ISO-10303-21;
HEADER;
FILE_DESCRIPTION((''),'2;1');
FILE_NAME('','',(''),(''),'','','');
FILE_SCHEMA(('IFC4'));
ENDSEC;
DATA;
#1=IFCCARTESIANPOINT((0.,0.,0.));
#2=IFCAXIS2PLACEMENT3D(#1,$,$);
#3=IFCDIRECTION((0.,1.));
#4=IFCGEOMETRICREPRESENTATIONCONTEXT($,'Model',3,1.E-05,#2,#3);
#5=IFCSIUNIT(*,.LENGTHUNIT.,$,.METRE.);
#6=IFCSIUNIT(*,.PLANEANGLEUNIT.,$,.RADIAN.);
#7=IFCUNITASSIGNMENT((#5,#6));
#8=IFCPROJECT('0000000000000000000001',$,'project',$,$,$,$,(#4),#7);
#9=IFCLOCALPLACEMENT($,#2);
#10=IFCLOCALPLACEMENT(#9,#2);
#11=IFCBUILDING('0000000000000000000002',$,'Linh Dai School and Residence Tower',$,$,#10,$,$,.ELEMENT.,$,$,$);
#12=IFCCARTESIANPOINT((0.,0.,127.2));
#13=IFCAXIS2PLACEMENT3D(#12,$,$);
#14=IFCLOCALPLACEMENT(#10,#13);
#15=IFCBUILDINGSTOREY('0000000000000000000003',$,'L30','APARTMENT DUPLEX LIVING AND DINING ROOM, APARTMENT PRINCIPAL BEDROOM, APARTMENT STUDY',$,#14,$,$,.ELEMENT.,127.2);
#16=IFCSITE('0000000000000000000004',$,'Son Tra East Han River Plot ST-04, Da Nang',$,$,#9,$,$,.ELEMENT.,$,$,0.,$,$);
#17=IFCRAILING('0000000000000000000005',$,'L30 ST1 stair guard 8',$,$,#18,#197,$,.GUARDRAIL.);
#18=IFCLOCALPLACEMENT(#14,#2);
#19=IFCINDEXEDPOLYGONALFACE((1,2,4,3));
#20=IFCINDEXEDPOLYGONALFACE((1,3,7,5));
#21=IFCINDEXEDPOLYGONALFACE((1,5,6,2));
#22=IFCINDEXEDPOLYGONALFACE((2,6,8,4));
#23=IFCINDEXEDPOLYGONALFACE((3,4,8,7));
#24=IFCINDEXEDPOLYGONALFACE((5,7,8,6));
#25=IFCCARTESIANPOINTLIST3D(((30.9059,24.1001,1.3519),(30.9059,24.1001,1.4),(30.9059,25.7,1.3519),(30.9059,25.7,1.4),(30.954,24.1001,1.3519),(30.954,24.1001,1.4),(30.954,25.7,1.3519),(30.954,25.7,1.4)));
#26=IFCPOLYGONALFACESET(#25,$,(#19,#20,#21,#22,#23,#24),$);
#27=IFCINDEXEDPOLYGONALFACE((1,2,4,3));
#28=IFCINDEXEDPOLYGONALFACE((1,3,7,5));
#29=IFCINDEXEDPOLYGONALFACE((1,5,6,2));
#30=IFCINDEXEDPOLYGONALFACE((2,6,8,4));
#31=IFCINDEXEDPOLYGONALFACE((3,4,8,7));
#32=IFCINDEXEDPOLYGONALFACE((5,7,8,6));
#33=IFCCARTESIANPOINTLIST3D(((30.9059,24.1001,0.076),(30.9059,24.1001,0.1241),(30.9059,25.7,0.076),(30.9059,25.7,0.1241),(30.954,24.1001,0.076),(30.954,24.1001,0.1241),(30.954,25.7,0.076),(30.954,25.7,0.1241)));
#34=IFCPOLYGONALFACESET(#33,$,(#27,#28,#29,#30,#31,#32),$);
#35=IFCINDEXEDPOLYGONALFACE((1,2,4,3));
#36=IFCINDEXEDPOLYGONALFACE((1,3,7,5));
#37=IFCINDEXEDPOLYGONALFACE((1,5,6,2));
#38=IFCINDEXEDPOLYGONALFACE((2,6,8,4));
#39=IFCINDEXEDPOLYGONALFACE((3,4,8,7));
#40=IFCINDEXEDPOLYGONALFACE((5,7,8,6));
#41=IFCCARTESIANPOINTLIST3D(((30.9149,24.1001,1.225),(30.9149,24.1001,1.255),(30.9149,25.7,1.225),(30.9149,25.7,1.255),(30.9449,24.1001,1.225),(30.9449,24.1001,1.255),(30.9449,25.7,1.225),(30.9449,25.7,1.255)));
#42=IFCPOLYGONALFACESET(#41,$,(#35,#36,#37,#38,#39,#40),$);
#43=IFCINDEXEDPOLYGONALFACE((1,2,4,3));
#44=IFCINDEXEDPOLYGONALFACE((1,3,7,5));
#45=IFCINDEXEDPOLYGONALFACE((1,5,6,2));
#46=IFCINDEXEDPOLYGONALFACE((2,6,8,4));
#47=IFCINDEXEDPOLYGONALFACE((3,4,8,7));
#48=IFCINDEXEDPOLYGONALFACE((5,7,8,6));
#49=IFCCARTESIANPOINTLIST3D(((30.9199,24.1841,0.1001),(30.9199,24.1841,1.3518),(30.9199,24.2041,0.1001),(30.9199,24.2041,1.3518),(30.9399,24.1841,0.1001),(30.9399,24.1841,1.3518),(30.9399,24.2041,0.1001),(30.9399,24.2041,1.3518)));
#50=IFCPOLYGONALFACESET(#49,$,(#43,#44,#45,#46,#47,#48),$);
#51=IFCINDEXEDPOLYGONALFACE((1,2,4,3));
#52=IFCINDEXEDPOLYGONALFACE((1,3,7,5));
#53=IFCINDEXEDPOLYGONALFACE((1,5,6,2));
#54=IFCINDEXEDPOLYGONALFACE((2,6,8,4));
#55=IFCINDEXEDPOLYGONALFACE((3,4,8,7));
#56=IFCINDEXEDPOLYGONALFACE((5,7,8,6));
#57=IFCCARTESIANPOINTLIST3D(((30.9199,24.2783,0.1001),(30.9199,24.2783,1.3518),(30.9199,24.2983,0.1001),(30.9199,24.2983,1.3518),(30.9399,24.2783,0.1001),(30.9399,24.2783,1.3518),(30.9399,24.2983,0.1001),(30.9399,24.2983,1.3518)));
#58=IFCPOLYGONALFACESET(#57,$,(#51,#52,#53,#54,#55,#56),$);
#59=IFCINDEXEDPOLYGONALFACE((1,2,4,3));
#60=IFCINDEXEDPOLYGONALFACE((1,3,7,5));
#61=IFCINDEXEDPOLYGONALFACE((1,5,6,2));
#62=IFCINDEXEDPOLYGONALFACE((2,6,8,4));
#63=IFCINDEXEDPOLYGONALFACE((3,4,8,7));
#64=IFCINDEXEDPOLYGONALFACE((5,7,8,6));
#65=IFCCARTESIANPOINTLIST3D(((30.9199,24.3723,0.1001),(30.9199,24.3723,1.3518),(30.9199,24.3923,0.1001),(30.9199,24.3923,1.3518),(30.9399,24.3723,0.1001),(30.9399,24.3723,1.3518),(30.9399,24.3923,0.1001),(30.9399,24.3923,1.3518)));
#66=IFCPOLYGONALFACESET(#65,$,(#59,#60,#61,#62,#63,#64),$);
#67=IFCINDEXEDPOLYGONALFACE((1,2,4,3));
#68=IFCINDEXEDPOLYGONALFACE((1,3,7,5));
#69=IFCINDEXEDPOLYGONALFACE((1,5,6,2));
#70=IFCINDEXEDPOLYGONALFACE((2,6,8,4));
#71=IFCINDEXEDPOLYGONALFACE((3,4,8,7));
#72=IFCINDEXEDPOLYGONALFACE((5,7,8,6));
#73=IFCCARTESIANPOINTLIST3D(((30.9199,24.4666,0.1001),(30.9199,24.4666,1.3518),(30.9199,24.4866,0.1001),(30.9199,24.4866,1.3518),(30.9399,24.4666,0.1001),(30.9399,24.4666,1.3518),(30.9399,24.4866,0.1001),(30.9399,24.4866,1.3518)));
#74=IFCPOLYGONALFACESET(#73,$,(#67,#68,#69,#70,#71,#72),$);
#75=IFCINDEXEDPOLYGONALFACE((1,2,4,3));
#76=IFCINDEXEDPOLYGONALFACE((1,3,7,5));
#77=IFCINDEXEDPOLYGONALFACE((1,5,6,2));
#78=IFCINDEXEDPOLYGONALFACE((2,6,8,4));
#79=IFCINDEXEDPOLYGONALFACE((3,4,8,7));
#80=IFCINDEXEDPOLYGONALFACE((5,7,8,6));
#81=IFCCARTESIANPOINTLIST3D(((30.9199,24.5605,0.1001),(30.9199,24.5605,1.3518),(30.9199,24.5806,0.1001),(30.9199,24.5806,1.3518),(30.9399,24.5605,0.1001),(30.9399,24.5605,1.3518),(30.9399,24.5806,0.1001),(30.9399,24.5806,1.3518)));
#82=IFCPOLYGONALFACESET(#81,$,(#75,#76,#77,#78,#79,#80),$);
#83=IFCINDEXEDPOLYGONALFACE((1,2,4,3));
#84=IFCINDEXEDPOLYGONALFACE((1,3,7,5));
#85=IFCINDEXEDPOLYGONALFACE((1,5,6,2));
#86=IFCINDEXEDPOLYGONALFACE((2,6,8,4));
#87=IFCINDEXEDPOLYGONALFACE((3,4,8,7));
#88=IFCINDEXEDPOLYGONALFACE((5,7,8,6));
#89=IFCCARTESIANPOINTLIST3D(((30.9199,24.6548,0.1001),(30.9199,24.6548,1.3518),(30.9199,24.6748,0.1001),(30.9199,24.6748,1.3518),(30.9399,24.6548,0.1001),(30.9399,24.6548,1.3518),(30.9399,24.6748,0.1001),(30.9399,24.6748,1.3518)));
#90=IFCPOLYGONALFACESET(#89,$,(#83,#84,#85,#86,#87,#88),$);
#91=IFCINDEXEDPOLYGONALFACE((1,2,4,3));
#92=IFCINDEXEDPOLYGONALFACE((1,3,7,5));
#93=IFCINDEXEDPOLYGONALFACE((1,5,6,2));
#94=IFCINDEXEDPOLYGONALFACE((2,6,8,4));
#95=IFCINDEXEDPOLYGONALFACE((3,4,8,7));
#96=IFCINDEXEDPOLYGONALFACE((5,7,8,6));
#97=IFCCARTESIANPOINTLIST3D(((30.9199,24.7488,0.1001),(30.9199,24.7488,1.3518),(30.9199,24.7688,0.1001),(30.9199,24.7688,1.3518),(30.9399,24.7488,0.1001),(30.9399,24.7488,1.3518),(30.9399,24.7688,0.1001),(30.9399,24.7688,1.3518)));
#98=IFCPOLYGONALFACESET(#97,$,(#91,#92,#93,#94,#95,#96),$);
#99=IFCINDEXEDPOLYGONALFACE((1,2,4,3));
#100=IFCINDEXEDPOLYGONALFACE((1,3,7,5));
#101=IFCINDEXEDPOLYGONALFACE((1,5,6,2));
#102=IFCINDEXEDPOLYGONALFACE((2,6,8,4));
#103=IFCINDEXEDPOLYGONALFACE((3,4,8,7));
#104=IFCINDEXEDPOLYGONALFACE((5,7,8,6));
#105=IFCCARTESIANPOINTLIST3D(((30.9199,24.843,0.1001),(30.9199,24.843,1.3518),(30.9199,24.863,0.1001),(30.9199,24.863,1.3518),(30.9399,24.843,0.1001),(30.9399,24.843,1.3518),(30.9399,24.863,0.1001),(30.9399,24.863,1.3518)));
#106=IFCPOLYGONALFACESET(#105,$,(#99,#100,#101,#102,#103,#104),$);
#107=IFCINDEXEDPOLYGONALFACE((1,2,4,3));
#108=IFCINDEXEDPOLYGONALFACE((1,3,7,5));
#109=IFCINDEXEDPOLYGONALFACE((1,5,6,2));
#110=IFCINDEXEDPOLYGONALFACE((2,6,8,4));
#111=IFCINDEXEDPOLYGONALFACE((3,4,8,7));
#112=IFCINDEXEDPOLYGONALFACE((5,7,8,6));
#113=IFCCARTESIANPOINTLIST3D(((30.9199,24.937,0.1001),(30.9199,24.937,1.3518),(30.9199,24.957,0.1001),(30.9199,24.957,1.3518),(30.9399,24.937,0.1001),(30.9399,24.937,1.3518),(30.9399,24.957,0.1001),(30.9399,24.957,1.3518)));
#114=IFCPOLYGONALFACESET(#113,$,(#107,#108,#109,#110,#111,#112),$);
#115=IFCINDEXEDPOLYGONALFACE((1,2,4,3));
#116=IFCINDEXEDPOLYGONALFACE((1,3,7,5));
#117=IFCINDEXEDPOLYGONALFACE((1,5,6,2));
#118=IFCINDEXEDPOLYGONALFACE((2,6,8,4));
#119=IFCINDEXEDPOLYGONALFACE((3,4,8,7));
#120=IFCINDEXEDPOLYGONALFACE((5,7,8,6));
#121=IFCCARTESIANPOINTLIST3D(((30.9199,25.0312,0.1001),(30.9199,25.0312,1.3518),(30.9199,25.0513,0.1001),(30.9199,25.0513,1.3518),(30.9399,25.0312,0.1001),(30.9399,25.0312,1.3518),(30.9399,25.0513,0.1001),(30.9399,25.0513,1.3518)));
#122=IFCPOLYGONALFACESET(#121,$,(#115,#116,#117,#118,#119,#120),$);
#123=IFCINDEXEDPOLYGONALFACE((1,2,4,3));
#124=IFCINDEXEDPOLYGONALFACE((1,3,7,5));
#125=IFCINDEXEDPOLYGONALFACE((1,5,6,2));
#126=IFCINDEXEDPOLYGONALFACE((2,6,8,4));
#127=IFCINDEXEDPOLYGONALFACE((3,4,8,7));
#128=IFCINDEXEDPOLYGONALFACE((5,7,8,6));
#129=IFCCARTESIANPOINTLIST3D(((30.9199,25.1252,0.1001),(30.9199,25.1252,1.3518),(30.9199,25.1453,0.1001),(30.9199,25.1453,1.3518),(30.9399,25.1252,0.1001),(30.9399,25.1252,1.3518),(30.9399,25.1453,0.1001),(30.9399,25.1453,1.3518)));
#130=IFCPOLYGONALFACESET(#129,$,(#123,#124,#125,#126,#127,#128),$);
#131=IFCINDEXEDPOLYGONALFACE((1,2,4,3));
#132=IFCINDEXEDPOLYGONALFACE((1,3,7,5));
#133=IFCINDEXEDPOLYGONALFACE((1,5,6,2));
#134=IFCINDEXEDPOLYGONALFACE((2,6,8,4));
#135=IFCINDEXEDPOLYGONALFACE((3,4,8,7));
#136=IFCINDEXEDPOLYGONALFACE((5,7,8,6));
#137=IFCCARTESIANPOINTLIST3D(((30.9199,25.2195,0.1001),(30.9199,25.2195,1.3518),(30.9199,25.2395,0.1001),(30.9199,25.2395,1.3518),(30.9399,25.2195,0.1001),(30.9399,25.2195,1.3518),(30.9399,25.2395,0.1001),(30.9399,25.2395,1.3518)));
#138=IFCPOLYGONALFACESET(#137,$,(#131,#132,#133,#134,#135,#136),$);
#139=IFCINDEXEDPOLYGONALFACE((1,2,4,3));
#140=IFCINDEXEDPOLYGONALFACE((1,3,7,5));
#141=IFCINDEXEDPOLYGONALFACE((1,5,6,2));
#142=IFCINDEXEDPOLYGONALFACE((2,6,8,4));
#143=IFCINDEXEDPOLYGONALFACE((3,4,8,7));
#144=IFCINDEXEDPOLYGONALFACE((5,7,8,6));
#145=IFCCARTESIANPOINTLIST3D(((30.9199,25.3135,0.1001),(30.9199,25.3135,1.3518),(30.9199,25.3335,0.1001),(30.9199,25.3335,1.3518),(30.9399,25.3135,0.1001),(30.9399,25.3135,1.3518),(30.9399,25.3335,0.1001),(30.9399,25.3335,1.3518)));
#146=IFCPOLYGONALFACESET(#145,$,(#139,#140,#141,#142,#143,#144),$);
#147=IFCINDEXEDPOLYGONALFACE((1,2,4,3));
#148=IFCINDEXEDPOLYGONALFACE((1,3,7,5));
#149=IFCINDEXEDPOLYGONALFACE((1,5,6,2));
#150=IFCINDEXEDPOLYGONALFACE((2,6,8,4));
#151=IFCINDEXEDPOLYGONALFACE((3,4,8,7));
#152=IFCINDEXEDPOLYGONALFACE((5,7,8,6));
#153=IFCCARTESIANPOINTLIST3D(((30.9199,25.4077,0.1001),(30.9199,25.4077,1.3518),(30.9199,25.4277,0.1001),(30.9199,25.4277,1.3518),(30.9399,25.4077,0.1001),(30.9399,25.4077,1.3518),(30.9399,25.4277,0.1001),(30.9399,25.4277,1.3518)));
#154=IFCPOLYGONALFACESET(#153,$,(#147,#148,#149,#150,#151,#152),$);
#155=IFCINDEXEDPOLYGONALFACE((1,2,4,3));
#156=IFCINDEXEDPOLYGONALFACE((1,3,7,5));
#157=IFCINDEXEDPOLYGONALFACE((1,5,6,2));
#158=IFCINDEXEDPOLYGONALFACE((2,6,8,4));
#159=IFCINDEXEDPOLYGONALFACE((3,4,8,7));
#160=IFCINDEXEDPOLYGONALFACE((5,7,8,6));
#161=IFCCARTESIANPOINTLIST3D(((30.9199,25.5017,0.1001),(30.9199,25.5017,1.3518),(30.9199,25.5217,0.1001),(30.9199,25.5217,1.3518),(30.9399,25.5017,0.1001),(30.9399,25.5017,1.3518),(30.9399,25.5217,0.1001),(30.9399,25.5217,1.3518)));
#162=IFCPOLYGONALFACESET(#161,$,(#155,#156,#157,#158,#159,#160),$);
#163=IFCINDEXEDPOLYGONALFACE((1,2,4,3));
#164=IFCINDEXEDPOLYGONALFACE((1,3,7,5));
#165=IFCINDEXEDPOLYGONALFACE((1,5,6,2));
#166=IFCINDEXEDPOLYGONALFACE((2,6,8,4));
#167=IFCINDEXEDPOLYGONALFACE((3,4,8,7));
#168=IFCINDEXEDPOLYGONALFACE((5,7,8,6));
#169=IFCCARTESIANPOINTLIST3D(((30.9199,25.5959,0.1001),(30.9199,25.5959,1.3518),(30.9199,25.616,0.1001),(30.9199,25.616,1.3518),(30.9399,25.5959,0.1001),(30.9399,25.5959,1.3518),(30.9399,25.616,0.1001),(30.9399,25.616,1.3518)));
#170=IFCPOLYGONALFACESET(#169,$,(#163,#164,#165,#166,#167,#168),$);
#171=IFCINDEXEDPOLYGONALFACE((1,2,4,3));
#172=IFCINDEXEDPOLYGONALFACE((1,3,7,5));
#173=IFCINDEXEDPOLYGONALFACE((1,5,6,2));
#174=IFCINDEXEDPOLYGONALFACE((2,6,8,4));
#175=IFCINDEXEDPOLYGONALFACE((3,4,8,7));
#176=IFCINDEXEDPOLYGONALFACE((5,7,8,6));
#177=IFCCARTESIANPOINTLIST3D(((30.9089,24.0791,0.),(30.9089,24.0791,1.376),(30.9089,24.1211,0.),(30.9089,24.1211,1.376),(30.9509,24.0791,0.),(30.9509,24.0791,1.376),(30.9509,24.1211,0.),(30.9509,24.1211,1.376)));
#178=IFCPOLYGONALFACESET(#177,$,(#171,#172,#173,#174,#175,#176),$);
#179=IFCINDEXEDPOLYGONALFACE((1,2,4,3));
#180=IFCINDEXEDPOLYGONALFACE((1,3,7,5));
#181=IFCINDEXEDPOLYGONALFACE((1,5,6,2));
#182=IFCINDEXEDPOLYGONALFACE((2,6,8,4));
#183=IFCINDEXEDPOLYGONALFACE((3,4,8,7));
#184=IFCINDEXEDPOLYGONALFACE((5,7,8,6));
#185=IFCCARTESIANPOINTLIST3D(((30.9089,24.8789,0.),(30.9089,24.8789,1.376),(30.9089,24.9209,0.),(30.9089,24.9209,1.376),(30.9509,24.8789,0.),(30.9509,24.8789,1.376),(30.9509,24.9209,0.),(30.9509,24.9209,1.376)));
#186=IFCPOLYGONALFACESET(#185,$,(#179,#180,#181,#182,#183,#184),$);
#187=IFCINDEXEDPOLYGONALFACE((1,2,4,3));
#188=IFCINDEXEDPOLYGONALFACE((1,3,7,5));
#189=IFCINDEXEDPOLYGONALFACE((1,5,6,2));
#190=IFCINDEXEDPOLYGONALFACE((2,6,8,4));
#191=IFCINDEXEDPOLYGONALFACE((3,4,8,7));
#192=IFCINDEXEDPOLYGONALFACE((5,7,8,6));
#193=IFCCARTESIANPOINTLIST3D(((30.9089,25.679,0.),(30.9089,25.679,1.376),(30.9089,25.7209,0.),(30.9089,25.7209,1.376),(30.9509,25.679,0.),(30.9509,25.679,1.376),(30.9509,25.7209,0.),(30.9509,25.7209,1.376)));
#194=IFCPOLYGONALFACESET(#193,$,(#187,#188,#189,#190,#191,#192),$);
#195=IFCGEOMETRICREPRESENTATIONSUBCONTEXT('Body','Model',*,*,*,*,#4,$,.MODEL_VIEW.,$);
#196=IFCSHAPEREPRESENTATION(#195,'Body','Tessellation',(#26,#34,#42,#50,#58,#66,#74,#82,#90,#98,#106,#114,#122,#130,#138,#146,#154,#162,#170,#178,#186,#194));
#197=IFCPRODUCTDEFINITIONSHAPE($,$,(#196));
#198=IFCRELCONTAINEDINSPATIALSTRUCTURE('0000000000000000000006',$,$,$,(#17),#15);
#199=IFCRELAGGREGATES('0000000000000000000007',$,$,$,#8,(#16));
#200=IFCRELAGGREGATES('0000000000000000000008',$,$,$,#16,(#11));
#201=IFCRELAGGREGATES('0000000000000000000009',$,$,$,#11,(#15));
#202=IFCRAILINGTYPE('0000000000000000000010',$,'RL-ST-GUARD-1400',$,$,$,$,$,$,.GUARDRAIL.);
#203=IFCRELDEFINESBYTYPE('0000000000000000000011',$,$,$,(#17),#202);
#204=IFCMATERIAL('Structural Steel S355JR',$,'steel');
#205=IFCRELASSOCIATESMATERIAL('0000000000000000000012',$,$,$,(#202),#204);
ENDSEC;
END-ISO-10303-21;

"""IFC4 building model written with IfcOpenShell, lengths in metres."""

from ifc_helpers import new_model, si_unit, direction, frame, origin, origin_2d, place, context, subcontext, project, spatial, rectangle, extrude, source, transform, mapped, material, type_object, element, save


model = new_model("IFC4")

# Units and contexts
model_context = context("Model", 3, precision=1e-05, world=origin(), true_north=direction((0.0, 1.0)))
body_context = subcontext(model_context, "Body", "Model", "MODEL_VIEW")
ifc_project = project(units=[si_unit("LENGTHUNIT", "METRE"), si_unit("PLANEANGLEUNIT", "RADIAN")], contexts=[model_context])

# Site, building, storey
site_placement = place(None, origin())
site = spatial("IfcSite", under=ifc_project, at=site_placement, Name="Son Tra East Han River Plot ST-04, Da Nang", CompositionType="ELEMENT", RefElevation=0.0)
building_placement = place(site_placement, origin())
building = spatial("IfcBuilding", under=site, at=building_placement, Name="Linh Dai School and Residence Tower", CompositionType="ELEMENT")
storey_placement = place(building_placement, frame((0.0, 0.0, 127.2)))
storey = spatial("IfcBuildingStorey", under=building, at=storey_placement, Name="L30", Description="APARTMENT DUPLEX LIVING AND DINING ROOM, APARTMENT PRINCIPAL BEDROOM, APARTMENT STUDY", CompositionType="ELEMENT", Elevation=127.2)

# Shared definitions
ifc_material_1 = material(Name="Structural Steel S355JR", Category="steel")

# Railing
railing_type_1 = type_object("IfcRailingType", Name="RL-ST-GUARD-1400", PredefinedType="GUARDRAIL", material=ifc_material_1)
shared_shape_1 = source(origin(), body_context, "Body", "SweptSolid", [
    extrude(rectangle(XDim=0.0481, YDim=0.0481, at=origin_2d()), frame((0.0, 0.0, 1.376), z_axis=(0.0, 1.0, 0.0), x_axis=(-1.0, 0.0, 0.0)), (0.0, 0.0, 1.0), 1.5999),
    extrude(rectangle(XDim=0.0481, YDim=0.0481, at=origin_2d()), frame((0.0, 0.0, 0.1001), z_axis=(0.0, 1.0, 0.0), x_axis=(-1.0, 0.0, 0.0)), (0.0, 0.0, 1.0), 1.5999),
    extrude(rectangle(XDim=0.03, YDim=0.03, at=origin_2d()), frame((0.0, 0.0, 1.24), z_axis=(0.0, 1.0, 0.0), x_axis=(-1.0, 0.0, 0.0)), (0.0, 0.0, 1.0), 1.5999),
    extrude(rectangle(XDim=0.02, YDim=0.02, at=origin_2d()), frame((0.0, 0.094, 0.1001)), (0.0, 0.0, 1.0), 1.2517),
    extrude(rectangle(XDim=0.02, YDim=0.02, at=origin_2d()), frame((0.0, 0.1882, 0.1001)), (0.0, 0.0, 1.0), 1.2517),
    extrude(rectangle(XDim=0.02, YDim=0.02, at=origin_2d()), frame((0.0, 0.2822, 0.1001)), (0.0, 0.0, 1.0), 1.2517),
    extrude(rectangle(XDim=0.02, YDim=0.02, at=origin_2d()), frame((0.0, 0.3765, 0.1001)), (0.0, 0.0, 1.0), 1.2517),
    extrude(rectangle(XDim=0.02, YDim=0.02, at=origin_2d()), frame((0.0, 0.4705, 0.1001)), (0.0, 0.0, 1.0), 1.2517),
    extrude(rectangle(XDim=0.02, YDim=0.02, at=origin_2d()), frame((0.0, 0.5647, 0.1001)), (0.0, 0.0, 1.0), 1.2517),
    extrude(rectangle(XDim=0.02, YDim=0.02, at=origin_2d()), frame((0.0, 0.6587, 0.1001)), (0.0, 0.0, 1.0), 1.2517),
    extrude(rectangle(XDim=0.02, YDim=0.02, at=origin_2d()), frame((0.0, 0.7529, 0.1001)), (0.0, 0.0, 1.0), 1.2517),
    extrude(rectangle(XDim=0.02, YDim=0.02, at=origin_2d()), frame((0.0, 0.8469, 0.1001)), (0.0, 0.0, 1.0), 1.2517),
    extrude(rectangle(XDim=0.02, YDim=0.02, at=origin_2d()), frame((0.0, 0.9412, 0.1001)), (0.0, 0.0, 1.0), 1.2517),
    extrude(rectangle(XDim=0.02, YDim=0.02, at=origin_2d()), frame((0.0, 1.0352, 0.1001)), (0.0, 0.0, 1.0), 1.2517),
    extrude(rectangle(XDim=0.02, YDim=0.02, at=origin_2d()), frame((0.0, 1.1294, 0.1001)), (0.0, 0.0, 1.0), 1.2517),
    extrude(rectangle(XDim=0.02, YDim=0.02, at=origin_2d()), frame((0.0, 1.2234, 0.1001)), (0.0, 0.0, 1.0), 1.2517),
    extrude(rectangle(XDim=0.02, YDim=0.02, at=origin_2d()), frame((0.0, 1.3176, 0.1001)), (0.0, 0.0, 1.0), 1.2517),
    extrude(rectangle(XDim=0.02, YDim=0.02, at=origin_2d()), frame((0.0, 1.4116, 0.1001)), (0.0, 0.0, 1.0), 1.2517),
    extrude(rectangle(XDim=0.02, YDim=0.02, at=origin_2d()), frame((0.0, 1.5059, 0.1001)), (0.0, 0.0, 1.0), 1.2517),
    extrude(rectangle(XDim=0.042, YDim=0.042, at=origin_2d()), origin(), (0.0, 0.0, 1.0), 1.376),
    extrude(rectangle(XDim=0.042, YDim=0.042, at=origin_2d()), frame((0.0, 0.7998, 0.0)), (0.0, 0.0, 1.0), 1.376),
    extrude(rectangle(XDim=0.042, YDim=0.042, at=origin_2d()), frame((0.0, 1.5999, 0.0)), (0.0, 0.0, 1.0), 1.376),
])
for number, where, name in (
    (1, (30.9299, 24.1001, 0.0), "L30 ST1 stair guard 8"),
):
    element("IfcRailing", number, at=place(storey_placement, frame(where)), inside=storey, type_object=railing_type_1, Name=name, PredefinedType="GUARDRAIL", context=body_context, shape_type="MappedRepresentation", body=[
        mapped(shared_shape_1, transform((0.0, 0.0, 0.0), x_axis=(1.0, 0.0, 0.0), y_axis=(0.0, 1.0, 0.0), z_axis=(0.0, 0.0, 1.0), scale=1.0)),
    ])

save(model, "model.ifc")
